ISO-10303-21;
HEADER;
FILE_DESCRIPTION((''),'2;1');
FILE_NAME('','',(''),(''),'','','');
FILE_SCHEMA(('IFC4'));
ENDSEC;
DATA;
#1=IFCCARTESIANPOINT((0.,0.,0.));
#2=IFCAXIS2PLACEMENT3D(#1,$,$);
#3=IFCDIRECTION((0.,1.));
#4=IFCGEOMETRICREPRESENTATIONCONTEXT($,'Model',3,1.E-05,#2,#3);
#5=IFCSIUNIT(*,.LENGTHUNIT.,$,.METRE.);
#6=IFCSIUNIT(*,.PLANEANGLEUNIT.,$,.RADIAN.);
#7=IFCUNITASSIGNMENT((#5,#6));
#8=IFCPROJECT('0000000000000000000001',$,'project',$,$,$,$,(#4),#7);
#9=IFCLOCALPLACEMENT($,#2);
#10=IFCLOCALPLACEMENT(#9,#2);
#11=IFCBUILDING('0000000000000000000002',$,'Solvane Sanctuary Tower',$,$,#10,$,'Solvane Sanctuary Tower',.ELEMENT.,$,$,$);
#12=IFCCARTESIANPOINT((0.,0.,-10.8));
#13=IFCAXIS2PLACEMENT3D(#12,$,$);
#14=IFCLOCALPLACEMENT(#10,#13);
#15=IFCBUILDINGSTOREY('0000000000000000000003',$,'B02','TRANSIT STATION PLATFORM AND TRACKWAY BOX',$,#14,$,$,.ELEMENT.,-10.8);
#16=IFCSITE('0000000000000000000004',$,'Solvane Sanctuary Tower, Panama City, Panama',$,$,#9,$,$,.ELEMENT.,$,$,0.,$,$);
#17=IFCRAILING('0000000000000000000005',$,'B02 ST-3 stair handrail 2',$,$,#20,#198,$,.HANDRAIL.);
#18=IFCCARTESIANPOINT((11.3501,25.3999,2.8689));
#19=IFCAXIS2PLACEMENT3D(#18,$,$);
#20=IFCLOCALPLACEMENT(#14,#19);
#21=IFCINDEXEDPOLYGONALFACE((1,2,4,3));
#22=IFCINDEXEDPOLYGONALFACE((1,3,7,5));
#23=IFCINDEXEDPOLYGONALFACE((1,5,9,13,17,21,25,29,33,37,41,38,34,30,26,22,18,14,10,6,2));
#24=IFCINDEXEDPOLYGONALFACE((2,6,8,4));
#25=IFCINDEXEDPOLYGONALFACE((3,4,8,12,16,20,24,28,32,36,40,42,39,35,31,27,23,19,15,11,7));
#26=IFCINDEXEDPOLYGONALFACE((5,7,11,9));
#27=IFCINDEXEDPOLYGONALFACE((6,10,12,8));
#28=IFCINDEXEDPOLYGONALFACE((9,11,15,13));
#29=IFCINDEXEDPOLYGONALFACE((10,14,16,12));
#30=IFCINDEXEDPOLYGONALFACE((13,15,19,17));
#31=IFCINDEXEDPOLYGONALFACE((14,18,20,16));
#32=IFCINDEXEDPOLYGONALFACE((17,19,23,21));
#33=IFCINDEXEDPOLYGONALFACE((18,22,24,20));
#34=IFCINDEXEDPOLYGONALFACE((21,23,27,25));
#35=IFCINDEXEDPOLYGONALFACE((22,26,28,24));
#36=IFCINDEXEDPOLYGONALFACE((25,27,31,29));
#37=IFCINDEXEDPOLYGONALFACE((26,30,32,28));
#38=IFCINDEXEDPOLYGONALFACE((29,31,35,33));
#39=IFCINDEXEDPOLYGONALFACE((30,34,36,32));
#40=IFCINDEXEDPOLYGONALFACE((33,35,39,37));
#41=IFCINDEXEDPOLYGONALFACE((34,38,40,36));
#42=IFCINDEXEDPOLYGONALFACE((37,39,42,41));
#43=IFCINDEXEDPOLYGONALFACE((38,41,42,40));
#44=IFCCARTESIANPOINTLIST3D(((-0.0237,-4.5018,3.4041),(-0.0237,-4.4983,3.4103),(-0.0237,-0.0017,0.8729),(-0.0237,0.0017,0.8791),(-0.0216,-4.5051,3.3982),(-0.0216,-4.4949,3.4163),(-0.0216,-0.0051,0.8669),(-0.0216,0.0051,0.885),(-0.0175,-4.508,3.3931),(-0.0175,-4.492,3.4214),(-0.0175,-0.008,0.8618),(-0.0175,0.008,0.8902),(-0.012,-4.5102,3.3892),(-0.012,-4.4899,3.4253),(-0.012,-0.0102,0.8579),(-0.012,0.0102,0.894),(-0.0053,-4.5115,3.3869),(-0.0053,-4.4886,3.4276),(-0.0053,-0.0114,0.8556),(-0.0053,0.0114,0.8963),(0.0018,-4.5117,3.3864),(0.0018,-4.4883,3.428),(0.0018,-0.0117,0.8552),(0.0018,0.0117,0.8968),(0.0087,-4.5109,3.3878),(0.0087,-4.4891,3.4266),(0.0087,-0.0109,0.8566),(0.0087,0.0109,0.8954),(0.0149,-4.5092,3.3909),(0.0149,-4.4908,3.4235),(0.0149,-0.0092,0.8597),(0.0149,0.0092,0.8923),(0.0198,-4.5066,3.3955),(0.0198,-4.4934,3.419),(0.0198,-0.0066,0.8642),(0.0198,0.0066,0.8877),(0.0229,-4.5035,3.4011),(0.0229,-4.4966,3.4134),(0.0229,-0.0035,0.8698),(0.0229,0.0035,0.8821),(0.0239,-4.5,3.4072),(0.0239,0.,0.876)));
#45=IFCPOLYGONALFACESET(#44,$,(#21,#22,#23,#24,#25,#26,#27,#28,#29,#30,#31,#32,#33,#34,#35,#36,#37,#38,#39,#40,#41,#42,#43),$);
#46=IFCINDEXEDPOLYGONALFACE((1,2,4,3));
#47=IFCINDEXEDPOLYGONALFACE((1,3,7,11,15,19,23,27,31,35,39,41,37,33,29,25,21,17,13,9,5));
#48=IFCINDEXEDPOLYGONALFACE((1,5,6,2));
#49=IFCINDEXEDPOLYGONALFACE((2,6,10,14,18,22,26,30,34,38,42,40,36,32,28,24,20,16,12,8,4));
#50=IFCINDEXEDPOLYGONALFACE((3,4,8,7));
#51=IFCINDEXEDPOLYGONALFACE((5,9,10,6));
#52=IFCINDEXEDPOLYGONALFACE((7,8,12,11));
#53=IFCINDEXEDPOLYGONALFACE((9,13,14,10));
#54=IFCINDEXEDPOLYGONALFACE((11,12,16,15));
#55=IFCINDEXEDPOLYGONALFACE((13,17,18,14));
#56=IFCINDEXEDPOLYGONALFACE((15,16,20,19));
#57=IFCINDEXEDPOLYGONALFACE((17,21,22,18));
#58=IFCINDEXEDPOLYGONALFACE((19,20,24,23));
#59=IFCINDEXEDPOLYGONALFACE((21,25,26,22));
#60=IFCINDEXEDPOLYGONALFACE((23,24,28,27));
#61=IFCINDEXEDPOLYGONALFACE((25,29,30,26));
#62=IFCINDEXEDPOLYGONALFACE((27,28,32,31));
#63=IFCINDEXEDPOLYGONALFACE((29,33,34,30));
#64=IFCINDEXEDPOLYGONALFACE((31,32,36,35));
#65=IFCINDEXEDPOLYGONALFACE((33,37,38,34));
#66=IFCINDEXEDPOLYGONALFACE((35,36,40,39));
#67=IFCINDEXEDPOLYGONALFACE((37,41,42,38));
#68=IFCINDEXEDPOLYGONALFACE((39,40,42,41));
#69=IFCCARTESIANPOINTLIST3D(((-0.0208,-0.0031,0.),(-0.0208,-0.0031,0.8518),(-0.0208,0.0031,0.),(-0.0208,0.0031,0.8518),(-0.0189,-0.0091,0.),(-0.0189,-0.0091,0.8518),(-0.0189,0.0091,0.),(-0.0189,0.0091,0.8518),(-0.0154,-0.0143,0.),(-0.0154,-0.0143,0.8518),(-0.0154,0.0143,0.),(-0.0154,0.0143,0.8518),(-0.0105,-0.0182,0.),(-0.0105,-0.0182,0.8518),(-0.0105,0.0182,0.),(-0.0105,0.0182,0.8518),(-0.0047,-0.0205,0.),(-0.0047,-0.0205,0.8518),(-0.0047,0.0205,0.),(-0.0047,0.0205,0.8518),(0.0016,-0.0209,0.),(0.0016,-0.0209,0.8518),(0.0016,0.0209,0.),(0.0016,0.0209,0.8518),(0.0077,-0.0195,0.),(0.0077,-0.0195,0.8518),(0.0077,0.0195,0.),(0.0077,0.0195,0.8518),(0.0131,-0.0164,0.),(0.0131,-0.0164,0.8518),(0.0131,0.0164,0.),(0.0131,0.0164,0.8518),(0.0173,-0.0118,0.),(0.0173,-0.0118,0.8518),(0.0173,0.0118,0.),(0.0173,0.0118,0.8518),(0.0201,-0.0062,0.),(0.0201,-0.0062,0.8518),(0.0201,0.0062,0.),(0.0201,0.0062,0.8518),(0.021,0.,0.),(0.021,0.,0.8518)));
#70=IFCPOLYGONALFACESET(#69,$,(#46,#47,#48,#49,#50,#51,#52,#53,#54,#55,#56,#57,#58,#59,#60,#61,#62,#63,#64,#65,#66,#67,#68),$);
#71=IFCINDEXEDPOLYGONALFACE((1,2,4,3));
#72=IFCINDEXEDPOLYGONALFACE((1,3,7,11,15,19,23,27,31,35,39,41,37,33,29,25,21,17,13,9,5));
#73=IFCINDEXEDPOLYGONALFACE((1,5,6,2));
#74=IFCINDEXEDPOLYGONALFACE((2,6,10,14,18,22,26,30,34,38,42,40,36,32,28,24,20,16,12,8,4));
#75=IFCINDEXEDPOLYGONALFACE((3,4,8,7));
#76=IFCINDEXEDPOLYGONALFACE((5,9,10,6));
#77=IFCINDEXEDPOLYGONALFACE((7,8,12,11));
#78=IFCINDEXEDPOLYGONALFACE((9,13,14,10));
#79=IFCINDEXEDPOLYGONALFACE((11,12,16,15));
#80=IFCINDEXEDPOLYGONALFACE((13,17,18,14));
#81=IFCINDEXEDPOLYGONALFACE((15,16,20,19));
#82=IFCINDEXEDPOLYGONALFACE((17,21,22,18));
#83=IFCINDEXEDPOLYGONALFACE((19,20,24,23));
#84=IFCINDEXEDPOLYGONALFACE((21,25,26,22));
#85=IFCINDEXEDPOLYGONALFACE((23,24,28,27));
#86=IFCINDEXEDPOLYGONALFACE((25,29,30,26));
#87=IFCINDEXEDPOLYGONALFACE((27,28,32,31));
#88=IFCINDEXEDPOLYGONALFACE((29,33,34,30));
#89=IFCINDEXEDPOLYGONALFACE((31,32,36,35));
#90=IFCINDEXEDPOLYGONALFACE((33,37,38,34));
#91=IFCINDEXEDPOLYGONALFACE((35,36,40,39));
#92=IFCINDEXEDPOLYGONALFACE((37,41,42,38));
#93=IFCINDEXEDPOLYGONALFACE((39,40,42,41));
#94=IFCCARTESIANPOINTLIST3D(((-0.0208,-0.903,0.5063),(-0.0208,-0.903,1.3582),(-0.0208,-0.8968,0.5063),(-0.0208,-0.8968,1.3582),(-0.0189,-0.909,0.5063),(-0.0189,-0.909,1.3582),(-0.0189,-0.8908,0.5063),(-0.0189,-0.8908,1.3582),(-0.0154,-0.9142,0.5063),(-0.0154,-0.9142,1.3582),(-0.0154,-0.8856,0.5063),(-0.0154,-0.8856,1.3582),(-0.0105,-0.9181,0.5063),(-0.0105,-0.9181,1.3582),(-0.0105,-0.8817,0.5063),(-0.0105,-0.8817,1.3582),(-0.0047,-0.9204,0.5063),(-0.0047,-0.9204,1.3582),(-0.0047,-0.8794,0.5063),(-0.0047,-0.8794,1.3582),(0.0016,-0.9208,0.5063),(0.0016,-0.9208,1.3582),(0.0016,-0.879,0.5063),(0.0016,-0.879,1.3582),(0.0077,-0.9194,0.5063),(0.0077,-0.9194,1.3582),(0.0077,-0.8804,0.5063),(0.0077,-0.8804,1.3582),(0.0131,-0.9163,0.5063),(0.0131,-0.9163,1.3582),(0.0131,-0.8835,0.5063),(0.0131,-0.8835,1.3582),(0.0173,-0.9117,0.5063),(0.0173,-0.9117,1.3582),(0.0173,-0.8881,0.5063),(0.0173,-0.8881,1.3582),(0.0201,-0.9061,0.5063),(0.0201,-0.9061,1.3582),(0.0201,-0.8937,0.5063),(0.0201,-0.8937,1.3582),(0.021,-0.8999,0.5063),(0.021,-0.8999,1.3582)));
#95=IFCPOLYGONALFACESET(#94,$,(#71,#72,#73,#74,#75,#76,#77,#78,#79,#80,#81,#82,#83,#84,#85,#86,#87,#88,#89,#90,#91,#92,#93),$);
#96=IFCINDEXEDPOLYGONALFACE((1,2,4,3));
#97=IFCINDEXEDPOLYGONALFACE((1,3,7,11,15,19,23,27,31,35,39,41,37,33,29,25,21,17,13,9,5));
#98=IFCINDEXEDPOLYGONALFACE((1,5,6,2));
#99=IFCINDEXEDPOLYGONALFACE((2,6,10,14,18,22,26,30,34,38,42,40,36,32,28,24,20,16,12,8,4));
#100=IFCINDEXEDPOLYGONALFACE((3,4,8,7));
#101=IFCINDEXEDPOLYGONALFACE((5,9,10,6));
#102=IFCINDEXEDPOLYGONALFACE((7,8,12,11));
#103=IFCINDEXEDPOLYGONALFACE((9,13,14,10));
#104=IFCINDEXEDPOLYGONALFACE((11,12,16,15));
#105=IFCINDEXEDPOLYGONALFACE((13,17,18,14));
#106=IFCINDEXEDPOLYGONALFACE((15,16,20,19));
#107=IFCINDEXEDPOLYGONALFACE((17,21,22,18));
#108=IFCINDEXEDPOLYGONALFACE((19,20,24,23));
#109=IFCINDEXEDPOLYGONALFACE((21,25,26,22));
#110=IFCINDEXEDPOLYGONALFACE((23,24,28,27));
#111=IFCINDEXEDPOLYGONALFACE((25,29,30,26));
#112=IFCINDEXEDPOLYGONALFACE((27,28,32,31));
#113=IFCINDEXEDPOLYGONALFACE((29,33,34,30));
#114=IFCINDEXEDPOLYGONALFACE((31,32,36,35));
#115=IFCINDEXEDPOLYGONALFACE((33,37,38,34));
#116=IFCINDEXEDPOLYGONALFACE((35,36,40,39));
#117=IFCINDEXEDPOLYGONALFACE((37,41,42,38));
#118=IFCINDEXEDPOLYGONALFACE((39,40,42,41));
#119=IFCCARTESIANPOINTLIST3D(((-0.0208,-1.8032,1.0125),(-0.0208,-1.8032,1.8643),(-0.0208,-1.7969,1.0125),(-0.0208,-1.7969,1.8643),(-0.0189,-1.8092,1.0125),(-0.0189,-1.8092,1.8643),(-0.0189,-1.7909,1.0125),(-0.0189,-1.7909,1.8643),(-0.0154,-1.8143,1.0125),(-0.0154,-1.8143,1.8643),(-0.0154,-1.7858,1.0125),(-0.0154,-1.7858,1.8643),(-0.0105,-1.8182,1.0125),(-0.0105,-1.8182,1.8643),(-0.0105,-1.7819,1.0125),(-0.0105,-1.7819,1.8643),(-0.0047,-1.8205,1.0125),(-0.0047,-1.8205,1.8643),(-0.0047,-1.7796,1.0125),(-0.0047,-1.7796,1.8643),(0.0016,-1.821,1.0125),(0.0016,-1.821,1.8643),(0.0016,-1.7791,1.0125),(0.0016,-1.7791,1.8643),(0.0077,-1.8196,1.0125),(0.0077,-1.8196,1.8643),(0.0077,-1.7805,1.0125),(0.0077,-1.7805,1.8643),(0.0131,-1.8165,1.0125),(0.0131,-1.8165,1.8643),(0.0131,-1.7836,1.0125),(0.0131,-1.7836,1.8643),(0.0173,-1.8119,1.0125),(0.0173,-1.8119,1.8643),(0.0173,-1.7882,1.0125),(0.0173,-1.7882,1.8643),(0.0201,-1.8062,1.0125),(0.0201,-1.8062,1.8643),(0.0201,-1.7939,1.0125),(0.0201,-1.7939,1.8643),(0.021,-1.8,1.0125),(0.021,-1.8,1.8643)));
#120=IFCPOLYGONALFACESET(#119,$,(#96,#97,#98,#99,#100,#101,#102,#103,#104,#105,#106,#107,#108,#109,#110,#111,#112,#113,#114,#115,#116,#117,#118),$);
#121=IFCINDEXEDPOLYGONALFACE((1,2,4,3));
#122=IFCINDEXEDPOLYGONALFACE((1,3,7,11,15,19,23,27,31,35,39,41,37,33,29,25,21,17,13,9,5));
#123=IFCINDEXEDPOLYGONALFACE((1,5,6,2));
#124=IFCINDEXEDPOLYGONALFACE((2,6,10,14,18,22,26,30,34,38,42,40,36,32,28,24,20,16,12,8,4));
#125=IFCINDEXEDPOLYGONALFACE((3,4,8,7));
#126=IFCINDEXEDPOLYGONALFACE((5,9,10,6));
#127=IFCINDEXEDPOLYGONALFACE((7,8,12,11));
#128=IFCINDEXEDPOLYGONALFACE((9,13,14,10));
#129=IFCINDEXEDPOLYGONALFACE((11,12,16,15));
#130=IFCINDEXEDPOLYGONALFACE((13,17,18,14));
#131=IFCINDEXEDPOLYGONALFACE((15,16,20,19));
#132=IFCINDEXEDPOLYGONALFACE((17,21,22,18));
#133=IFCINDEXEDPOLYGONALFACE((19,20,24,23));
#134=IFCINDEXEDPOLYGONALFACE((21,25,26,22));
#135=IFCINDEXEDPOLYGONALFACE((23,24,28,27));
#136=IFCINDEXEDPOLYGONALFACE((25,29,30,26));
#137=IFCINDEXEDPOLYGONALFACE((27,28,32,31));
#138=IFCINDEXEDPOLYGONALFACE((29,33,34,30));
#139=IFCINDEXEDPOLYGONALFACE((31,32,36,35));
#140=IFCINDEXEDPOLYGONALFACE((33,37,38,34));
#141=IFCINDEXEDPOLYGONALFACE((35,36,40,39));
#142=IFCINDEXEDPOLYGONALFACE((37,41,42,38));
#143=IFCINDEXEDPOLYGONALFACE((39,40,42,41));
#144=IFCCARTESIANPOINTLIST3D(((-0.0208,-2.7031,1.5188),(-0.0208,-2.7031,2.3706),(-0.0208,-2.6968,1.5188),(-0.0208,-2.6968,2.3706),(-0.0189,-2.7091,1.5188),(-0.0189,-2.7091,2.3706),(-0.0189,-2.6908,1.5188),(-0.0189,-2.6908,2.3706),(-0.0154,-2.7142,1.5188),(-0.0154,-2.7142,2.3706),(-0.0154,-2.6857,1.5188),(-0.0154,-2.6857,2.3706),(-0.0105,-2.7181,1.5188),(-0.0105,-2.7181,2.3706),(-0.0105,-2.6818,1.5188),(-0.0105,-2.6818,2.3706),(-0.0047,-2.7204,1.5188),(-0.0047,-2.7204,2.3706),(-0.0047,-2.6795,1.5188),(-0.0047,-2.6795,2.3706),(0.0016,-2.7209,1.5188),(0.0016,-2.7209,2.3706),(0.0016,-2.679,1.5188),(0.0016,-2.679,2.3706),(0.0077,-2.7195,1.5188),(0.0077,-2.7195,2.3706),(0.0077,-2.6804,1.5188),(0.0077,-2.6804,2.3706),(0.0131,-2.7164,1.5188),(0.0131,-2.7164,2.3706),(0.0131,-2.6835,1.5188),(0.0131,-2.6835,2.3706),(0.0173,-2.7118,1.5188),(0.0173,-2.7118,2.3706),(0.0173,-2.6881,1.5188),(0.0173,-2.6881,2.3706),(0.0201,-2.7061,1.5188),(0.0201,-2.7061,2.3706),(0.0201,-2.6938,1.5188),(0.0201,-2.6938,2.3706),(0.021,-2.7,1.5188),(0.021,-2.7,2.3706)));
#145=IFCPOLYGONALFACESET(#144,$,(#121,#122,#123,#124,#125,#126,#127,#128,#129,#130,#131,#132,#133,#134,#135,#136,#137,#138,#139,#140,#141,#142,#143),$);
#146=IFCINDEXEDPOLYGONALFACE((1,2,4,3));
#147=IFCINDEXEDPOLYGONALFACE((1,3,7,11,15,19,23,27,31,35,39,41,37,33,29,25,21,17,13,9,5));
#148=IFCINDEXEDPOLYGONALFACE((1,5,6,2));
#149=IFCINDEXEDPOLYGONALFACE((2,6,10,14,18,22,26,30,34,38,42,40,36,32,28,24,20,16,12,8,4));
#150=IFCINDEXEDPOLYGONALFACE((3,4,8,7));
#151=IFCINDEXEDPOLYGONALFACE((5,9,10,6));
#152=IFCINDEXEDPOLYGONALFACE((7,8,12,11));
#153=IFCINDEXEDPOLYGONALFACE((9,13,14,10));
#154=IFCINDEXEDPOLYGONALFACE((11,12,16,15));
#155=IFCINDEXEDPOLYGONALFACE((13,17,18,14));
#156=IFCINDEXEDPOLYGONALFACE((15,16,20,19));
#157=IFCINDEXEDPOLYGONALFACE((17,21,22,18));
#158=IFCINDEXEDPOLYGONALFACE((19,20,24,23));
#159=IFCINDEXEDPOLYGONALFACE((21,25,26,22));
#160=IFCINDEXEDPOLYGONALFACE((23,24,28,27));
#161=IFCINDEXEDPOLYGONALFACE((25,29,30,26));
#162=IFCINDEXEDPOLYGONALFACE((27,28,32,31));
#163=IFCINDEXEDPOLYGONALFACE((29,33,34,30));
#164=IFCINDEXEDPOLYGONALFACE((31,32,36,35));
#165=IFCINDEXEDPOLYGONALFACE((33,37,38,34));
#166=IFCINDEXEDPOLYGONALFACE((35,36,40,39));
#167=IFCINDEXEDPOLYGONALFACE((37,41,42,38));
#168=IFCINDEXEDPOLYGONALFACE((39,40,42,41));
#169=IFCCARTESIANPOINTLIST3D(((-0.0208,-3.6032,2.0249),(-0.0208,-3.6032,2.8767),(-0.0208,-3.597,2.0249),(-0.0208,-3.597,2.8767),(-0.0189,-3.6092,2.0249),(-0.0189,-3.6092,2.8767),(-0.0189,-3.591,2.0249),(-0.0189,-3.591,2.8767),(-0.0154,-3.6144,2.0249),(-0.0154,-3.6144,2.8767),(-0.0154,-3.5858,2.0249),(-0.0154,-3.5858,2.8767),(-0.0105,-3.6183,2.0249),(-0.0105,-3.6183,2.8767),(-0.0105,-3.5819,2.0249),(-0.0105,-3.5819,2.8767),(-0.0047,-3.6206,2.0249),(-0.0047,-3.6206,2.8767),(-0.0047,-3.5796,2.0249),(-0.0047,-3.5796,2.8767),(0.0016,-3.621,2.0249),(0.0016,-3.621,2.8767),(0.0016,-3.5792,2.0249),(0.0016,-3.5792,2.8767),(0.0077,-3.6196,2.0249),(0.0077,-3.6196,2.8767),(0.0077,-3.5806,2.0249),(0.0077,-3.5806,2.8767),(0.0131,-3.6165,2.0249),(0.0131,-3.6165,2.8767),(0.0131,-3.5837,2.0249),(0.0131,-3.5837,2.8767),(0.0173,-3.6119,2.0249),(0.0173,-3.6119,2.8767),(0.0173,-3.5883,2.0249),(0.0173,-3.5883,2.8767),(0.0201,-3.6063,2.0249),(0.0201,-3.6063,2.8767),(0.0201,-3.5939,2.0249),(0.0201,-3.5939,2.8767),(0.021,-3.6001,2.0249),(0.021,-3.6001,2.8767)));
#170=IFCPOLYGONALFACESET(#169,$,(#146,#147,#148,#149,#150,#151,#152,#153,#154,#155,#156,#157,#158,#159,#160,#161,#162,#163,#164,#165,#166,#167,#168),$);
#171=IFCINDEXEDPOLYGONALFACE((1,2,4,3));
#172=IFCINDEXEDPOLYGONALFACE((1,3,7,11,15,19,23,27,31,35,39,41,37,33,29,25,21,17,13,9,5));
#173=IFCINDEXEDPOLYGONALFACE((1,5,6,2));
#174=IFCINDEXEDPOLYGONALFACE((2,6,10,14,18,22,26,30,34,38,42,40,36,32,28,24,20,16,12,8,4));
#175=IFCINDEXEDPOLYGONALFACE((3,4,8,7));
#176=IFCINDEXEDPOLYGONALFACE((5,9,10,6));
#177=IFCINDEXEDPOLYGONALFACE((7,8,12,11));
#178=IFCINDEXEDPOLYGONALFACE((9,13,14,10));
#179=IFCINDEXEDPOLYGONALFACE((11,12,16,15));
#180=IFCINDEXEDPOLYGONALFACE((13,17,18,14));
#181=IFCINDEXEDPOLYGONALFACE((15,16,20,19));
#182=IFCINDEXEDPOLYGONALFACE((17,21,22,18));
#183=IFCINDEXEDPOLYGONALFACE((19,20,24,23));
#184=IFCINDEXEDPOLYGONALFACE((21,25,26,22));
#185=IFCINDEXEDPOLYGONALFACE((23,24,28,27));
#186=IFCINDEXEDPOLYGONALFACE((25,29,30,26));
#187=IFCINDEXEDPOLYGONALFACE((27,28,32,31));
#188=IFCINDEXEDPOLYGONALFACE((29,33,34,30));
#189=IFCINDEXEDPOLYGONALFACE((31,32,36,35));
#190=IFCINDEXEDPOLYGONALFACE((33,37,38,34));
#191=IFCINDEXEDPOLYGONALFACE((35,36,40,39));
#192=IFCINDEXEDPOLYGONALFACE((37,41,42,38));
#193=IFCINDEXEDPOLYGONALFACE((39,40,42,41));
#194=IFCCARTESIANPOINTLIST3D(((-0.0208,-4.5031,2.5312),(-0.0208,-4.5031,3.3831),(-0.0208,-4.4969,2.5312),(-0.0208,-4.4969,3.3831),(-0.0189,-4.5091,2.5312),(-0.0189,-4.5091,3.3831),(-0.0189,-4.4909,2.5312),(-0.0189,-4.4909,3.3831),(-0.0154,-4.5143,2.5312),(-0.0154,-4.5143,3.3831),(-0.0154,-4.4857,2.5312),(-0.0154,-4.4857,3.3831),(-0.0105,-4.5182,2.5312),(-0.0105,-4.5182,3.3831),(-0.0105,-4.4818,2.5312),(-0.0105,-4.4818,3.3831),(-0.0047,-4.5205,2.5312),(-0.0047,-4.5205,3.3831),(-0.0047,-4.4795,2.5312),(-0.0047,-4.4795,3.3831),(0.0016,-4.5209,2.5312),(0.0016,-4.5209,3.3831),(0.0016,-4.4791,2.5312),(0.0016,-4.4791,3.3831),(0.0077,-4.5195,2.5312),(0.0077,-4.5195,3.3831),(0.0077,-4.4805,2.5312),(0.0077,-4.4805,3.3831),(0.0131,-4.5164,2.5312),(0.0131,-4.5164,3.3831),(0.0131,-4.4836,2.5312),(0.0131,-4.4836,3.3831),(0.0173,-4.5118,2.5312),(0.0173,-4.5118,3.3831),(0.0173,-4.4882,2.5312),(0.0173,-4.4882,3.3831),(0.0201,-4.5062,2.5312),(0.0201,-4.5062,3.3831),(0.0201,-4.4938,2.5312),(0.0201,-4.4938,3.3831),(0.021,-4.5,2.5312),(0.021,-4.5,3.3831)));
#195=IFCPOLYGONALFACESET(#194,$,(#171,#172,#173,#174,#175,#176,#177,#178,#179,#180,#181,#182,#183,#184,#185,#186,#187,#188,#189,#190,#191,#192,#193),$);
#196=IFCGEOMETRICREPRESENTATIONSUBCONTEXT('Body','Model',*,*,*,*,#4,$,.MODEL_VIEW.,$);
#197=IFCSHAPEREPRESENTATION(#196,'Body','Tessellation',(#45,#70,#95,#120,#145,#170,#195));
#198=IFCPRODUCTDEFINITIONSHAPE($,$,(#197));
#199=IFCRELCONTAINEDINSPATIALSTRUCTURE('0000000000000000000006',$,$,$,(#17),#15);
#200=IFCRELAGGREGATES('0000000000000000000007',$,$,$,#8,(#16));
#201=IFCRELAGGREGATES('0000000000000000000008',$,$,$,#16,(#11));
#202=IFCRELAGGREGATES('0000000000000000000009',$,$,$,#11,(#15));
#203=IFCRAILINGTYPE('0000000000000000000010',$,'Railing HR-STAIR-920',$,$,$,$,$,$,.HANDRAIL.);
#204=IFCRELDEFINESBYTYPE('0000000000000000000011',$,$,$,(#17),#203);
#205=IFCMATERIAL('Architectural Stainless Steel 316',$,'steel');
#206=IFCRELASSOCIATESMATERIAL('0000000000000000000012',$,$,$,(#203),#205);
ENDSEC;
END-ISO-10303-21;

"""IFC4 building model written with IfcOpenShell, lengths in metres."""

from ifc_helpers import new_model, si_unit, direction, frame, origin, origin_2d, place, context, subcontext, project, spatial, circle, extrude, material, type_object, element, save


model = new_model("IFC4")

# Units and contexts
model_context = context("Model", 3, precision=1e-05, world=origin(), true_north=direction((0.0, 1.0)))
body_context = subcontext(model_context, "Body", "Model", "MODEL_VIEW")
ifc_project = project(units=[si_unit("LENGTHUNIT", "METRE"), si_unit("PLANEANGLEUNIT", "RADIAN")], contexts=[model_context])

# Site, building, storey
site_placement = place(None, origin())
site = spatial("IfcSite", under=ifc_project, at=site_placement, Name="Solvane Sanctuary Tower, Panama City, Panama", CompositionType="ELEMENT", RefElevation=0.0)
building_placement = place(site_placement, origin())
building = spatial("IfcBuilding", under=site, at=building_placement, Name="Solvane Sanctuary Tower", LongName="Solvane Sanctuary Tower", CompositionType="ELEMENT")
storey_placement = place(building_placement, frame((0.0, 0.0, -10.8)))
storey = spatial("IfcBuildingStorey", under=building, at=storey_placement, Name="B02", Description="TRANSIT STATION PLATFORM AND TRACKWAY BOX", CompositionType="ELEMENT", Elevation=-10.8)

# Shared definitions
ifc_material_1 = material(Name="Architectural Stainless Steel 316", Category="steel")

# Railing
railing_type_1 = type_object("IfcRailingType", Name="Railing HR-STAIR-920", PredefinedType="HANDRAIL", material=ifc_material_1)
railing_1_placement = place(storey_placement, frame((11.3501, 25.3999, 2.8689)))
element("IfcRailing", 1, at=railing_1_placement, inside=storey, type_object=railing_type_1, Name="B02 ST-3 stair handrail 2", PredefinedType="HANDRAIL", context=body_context, shape_type="SweptSolid", body=[
    extrude(circle(Radius=0.0239, at=origin_2d()), frame((0.0, 0.0, 0.876), z_axis=(0.0, -0.871576, 0.490261), x_axis=(1.0, 0.0, 0.0)), (0.0, 0.0, 1.0), 5.1631),
    extrude(circle(Radius=0.021, at=origin_2d()), origin(), (0.0, 0.0, 1.0), 0.8518),
    extrude(circle(Radius=0.021, at=origin_2d()), frame((0.0, -0.8999, 0.5063)), (0.0, 0.0, 1.0), 0.8518),
    extrude(circle(Radius=0.021, at=origin_2d()), frame((0.0, -1.8, 1.0125)), (0.0, 0.0, 1.0), 0.8518),
    extrude(circle(Radius=0.021, at=origin_2d()), frame((0.0, -2.7, 1.5188)), (0.0, 0.0, 1.0), 0.8518),
    extrude(circle(Radius=0.021, at=origin_2d()), frame((0.0, -3.6001, 2.0249)), (0.0, 0.0, 1.0), 0.8518),
    extrude(circle(Radius=0.021, at=origin_2d()), frame((0.0, -4.5, 2.5312)), (0.0, 0.0, 1.0), 0.8518),
])

save(model, "model.ifc")
